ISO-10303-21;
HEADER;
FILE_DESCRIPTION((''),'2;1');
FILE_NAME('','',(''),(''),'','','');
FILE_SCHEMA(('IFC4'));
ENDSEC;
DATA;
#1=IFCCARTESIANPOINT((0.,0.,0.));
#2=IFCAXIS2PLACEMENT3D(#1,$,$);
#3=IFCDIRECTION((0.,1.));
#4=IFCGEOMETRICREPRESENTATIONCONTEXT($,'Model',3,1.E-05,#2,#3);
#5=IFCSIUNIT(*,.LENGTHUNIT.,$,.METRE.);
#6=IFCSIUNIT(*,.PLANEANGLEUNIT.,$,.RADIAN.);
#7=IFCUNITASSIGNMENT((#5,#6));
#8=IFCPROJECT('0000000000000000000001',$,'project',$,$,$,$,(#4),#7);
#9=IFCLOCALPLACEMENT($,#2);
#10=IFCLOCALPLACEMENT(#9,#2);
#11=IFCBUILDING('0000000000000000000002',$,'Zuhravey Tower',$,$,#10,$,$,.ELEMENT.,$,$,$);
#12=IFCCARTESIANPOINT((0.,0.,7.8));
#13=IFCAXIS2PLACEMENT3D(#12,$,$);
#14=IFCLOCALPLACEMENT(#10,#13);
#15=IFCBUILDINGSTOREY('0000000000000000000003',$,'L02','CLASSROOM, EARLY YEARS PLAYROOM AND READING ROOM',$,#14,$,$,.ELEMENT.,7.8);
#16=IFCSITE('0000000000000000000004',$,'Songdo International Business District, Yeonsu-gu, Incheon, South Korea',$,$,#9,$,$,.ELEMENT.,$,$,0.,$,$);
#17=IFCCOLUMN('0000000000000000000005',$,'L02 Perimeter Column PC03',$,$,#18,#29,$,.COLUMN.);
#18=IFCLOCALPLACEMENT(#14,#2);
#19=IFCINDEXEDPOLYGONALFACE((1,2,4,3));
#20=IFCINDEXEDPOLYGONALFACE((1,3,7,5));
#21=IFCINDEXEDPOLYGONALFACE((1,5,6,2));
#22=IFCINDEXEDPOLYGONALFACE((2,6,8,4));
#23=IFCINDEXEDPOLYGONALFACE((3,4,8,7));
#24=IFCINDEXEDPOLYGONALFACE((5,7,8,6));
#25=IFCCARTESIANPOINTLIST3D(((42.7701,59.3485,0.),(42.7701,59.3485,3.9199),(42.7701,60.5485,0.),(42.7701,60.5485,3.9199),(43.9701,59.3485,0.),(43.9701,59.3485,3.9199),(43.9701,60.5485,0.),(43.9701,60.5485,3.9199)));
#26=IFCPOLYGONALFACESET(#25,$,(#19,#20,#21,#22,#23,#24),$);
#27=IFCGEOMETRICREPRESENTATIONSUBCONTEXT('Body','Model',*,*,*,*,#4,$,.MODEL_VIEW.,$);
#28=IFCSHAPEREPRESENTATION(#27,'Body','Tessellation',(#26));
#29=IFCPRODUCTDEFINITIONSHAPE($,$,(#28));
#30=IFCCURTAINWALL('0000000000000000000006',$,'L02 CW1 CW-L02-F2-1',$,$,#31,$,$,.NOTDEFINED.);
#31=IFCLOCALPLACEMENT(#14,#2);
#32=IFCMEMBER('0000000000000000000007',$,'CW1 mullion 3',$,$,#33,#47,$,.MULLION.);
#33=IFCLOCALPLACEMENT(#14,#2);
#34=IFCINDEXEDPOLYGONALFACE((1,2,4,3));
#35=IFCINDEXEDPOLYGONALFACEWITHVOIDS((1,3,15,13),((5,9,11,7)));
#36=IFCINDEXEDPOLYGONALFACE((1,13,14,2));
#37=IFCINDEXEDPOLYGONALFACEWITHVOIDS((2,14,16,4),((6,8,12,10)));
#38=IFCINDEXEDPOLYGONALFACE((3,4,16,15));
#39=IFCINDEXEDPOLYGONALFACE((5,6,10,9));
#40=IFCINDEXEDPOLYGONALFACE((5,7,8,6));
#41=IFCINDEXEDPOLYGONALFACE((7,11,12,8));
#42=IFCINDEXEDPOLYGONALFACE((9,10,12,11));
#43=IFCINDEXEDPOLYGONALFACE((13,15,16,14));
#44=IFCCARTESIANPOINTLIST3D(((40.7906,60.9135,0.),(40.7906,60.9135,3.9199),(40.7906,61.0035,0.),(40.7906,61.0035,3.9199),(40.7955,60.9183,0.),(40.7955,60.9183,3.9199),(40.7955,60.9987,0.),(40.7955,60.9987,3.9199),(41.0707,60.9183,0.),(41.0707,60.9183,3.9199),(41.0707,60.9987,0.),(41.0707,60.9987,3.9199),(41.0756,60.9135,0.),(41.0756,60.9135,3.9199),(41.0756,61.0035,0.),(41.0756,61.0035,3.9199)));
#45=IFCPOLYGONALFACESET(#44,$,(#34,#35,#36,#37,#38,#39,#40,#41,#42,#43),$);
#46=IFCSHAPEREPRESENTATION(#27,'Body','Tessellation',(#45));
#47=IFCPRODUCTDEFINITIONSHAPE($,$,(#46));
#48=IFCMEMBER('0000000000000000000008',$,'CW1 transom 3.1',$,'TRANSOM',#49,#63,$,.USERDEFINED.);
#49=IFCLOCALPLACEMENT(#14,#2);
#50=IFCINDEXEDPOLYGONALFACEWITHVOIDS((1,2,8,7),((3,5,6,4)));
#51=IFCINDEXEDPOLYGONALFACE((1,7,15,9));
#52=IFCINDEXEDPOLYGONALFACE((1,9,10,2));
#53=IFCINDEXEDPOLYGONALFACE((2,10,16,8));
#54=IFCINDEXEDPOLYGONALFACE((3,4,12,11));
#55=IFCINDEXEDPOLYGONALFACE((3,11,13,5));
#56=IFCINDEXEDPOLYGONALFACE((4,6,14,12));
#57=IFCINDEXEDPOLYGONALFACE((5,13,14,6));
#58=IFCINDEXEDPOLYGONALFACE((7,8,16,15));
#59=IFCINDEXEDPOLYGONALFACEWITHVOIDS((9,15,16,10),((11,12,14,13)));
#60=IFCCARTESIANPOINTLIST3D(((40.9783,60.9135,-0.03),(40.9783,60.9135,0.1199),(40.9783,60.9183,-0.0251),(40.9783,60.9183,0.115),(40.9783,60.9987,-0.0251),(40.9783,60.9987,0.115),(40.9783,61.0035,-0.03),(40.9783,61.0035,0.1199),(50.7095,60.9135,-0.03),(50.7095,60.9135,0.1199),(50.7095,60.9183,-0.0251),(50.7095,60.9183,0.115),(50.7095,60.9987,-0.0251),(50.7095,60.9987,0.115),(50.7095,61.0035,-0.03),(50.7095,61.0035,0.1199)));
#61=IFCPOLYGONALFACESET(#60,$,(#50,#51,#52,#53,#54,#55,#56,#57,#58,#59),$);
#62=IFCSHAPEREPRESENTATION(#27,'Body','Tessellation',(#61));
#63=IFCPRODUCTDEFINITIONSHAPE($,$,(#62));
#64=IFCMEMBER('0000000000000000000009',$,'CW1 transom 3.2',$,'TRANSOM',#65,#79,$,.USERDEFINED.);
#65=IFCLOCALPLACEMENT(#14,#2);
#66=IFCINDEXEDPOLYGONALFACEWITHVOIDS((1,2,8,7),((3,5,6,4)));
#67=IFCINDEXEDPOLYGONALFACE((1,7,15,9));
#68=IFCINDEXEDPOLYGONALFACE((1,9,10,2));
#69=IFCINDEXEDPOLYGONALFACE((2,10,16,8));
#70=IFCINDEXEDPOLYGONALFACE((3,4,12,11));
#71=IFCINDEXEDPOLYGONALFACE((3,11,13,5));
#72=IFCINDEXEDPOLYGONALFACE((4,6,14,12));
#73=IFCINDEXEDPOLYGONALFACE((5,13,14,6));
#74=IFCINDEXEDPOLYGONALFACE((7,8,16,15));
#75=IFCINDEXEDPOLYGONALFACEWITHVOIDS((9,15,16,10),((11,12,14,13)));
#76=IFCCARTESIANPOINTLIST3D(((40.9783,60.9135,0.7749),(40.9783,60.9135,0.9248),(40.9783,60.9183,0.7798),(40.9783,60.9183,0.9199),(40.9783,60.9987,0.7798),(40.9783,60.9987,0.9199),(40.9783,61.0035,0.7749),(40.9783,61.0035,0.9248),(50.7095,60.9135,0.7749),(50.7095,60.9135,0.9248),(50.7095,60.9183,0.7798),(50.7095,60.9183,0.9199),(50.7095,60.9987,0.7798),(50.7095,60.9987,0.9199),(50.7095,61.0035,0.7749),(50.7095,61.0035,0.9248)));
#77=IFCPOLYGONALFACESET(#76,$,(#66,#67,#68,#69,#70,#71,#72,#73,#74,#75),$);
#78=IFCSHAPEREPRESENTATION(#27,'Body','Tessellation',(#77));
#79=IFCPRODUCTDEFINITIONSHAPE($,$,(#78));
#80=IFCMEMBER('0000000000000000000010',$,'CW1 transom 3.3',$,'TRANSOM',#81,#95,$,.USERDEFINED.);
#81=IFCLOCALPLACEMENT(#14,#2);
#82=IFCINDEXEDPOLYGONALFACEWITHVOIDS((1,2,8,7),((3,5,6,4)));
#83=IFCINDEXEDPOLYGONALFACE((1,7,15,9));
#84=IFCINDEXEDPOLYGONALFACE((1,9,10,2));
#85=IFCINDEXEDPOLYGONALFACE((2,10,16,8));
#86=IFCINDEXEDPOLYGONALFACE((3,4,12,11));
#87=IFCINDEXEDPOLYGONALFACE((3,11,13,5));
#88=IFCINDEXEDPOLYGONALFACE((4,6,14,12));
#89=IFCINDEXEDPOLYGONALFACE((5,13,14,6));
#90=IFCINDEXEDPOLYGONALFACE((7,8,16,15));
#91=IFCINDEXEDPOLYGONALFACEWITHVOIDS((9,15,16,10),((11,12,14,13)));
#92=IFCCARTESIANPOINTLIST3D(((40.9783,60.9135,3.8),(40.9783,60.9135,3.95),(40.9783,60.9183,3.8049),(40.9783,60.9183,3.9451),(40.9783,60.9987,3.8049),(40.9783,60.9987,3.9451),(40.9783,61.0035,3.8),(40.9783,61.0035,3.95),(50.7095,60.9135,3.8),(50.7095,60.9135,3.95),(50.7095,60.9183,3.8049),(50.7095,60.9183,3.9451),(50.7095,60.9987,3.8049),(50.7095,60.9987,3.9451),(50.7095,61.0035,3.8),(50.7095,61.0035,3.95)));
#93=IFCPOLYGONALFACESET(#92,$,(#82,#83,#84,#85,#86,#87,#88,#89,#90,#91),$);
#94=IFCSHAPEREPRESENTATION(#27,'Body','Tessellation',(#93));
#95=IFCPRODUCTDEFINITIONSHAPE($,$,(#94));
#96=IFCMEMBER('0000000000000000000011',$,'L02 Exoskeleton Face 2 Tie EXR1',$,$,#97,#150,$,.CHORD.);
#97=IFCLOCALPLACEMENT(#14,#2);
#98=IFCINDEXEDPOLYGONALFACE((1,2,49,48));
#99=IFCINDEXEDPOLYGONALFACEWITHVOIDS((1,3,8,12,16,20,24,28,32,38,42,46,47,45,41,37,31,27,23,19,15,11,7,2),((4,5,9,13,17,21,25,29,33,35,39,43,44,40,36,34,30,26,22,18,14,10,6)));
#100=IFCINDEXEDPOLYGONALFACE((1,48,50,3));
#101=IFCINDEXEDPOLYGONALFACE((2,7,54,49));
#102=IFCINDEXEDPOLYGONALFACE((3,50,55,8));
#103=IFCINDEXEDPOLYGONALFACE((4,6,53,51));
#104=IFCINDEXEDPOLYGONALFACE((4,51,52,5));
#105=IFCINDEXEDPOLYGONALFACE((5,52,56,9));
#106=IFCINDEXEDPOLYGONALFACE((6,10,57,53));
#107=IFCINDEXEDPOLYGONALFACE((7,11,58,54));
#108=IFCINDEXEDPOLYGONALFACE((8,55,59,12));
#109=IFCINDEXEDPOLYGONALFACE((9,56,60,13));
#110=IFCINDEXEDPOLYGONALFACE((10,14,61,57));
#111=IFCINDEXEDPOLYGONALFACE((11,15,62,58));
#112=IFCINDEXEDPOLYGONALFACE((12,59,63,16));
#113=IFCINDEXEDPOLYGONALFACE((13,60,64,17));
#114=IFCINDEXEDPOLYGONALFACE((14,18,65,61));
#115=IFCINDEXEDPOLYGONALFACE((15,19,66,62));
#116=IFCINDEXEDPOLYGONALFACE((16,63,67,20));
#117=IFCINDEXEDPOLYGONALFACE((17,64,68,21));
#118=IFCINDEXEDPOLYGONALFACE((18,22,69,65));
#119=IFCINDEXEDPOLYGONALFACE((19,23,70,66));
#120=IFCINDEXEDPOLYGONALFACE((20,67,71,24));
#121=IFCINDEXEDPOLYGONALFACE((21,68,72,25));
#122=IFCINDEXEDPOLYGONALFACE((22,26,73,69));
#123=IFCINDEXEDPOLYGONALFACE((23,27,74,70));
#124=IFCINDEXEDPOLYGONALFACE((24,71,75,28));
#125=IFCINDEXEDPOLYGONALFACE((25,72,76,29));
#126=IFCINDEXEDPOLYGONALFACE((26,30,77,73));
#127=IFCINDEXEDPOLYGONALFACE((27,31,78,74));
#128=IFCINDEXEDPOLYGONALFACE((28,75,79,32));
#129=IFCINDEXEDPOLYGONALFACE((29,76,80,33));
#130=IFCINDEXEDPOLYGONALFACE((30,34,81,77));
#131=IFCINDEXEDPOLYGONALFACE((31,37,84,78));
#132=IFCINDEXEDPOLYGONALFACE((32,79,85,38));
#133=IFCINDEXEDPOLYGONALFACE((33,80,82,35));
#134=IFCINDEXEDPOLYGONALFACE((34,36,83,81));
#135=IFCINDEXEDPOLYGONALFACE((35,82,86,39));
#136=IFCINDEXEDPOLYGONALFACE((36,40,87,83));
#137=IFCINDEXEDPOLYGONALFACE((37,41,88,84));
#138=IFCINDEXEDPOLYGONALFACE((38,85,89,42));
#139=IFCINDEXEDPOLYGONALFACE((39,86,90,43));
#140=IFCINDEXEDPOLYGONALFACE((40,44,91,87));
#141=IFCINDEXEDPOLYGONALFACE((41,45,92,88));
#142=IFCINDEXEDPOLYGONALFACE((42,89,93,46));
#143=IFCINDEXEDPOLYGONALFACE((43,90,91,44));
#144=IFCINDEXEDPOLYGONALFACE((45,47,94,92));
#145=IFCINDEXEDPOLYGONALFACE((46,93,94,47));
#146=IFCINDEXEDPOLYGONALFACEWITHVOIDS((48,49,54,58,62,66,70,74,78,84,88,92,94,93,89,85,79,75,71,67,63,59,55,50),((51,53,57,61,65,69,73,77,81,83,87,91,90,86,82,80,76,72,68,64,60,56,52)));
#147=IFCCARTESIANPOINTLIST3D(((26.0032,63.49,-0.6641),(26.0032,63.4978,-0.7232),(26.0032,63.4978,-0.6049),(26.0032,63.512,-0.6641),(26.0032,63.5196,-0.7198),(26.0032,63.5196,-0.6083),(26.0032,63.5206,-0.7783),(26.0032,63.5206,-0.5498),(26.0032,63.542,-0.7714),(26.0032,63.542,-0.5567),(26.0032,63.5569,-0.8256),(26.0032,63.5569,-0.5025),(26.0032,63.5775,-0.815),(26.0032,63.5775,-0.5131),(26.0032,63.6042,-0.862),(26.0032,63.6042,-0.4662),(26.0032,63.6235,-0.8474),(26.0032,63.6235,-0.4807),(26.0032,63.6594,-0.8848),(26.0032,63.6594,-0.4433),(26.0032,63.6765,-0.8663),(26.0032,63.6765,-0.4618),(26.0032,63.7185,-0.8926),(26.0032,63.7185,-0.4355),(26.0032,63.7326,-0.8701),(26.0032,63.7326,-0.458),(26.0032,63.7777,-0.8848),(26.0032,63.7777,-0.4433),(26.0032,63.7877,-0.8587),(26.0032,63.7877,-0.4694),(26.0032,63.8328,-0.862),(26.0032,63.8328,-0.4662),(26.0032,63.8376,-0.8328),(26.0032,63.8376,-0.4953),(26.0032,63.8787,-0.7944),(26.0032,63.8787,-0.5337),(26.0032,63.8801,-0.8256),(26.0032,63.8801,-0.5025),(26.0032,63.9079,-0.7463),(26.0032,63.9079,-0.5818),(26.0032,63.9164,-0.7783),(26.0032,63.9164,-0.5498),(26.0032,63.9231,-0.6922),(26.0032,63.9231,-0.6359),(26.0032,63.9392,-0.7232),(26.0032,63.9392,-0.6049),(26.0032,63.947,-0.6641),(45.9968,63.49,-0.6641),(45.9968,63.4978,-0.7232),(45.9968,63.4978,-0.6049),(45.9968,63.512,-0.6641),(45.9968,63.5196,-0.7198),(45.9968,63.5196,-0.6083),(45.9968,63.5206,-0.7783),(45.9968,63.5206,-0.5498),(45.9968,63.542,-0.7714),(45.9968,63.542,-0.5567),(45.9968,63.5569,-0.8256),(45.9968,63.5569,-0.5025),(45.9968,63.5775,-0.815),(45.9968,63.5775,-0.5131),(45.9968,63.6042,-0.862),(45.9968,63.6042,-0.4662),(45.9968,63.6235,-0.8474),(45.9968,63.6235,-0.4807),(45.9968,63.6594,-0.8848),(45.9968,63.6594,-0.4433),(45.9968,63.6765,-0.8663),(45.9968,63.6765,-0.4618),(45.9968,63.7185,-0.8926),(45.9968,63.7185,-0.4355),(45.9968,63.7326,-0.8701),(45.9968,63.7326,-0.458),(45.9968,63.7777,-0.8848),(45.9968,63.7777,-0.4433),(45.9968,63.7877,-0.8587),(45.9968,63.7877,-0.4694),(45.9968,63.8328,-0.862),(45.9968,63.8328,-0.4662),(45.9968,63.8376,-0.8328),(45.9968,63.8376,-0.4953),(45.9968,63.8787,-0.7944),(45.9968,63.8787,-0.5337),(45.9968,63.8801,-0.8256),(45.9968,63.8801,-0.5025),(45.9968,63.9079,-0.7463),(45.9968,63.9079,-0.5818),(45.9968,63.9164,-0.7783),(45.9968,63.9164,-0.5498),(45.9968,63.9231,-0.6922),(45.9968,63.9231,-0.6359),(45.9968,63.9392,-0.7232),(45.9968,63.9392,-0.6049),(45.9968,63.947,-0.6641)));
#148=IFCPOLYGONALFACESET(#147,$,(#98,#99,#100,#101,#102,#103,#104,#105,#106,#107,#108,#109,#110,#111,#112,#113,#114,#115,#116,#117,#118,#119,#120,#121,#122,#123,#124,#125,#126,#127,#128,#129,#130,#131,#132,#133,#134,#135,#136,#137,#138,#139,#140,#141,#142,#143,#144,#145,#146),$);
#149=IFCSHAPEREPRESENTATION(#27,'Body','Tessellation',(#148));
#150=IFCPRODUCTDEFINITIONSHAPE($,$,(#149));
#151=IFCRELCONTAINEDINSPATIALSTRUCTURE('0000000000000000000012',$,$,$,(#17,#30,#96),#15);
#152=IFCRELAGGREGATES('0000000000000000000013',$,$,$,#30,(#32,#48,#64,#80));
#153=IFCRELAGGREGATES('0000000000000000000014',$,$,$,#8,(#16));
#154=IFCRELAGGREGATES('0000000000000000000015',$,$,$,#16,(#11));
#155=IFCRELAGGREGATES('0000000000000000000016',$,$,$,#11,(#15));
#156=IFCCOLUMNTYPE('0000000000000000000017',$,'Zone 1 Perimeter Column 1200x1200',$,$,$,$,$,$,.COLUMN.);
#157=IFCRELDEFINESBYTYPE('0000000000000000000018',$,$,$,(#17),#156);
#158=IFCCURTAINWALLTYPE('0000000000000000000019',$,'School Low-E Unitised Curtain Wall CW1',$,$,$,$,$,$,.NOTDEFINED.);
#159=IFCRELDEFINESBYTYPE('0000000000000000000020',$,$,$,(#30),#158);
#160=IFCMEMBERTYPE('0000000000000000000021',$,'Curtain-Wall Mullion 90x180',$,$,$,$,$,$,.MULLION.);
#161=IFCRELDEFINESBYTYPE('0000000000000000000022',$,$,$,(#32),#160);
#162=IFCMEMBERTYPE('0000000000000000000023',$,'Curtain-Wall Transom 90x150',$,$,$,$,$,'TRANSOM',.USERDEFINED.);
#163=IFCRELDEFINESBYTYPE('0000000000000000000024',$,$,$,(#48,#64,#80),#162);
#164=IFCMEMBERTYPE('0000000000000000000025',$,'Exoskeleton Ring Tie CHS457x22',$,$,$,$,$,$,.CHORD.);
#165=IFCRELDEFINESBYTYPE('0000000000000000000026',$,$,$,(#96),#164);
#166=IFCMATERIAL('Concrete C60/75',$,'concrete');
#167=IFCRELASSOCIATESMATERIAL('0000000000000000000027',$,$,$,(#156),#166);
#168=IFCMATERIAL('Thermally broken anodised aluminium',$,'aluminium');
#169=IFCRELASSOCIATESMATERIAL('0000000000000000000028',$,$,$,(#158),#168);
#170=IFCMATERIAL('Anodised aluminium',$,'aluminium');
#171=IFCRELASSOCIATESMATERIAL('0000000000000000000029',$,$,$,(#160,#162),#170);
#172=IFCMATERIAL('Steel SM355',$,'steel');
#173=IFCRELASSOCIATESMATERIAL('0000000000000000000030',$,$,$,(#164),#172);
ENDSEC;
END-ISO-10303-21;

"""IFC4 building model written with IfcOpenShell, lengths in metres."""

from ifc_helpers import new_model, si_unit, direction, frame, origin, origin_2d, place, context, subcontext, project, spatial, rectangle, hollow_rectangle, hollow_circle, extrude, material, material_profile, profile_set, type_object, element, aggregate, save


model = new_model("IFC4")

# Units and contexts
model_context = context("Model", 3, precision=1e-05, world=origin(), true_north=direction((0.0, 1.0)))
body_context = subcontext(model_context, "Body", "Model", "MODEL_VIEW")
ifc_project = project(units=[si_unit("LENGTHUNIT", "METRE"), si_unit("PLANEANGLEUNIT", "RADIAN")], contexts=[model_context])

# Site, building, storey
site_placement = place(None, origin())
site = spatial("IfcSite", under=ifc_project, at=site_placement, Name="Songdo International Business District, Yeonsu-gu, Incheon, South Korea", CompositionType="ELEMENT", RefElevation=0.0)
building_placement = place(site_placement, origin())
building = spatial("IfcBuilding", under=site, at=building_placement, Name="Zuhravey Tower", CompositionType="ELEMENT")
storey_placement = place(building_placement, frame((0.0, 0.0, 7.8)))
storey = spatial("IfcBuildingStorey", under=building, at=storey_placement, Name="L02", Description="CLASSROOM, EARLY YEARS PLAYROOM AND READING ROOM", CompositionType="ELEMENT", Elevation=7.8)

# Column
ifc_material_1 = material(Name="Concrete C60/75", Category="concrete")
ifc_material_profile_1 = material_profile(ifc_material_1, rectangle(XDim=1.2, YDim=1.2, at=origin_2d()), Name="RC-1200x1200")
ifc_profile_set_1 = profile_set([ifc_material_profile_1], Name="Concrete C60/75")
column_type = type_object("IfcColumnType", Name="Zone 1 Perimeter Column 1200x1200", PredefinedType="COLUMN", material=ifc_profile_set_1)
column_placement = place(storey_placement, frame((43.3701, 59.9485, 0.0), z_axis=(0.0, 0.0, 1.0), x_axis=(-1.0, 0.0, 0.0)))
element("IfcColumn", 1, at=column_placement, inside=storey, type_object=column_type, Name="L02 Perimeter Column PC03", PredefinedType="COLUMN", context=body_context, shape_type="SweptSolid", body=[
    extrude(rectangle(XDim=1.2, YDim=1.2, at=origin_2d()), origin(), (0.0, 0.0, 1.0), 3.9199),
])

# Curtain wall, members
ifc_material_2 = material(Name="Thermally broken anodised aluminium", Category="aluminium")
curtain_wall_type = type_object("IfcCurtainWallType", Name="School Low-E Unitised Curtain Wall CW1", PredefinedType="NOTDEFINED", material=ifc_material_2)
curtain_wall_placement = place(storey_placement, origin())
curtain_wall = element("IfcCurtainWall", 2, at=curtain_wall_placement, inside=storey, type_object=curtain_wall_type, Name="L02 CW1 CW-L02-F2-1", PredefinedType="NOTDEFINED")
ifc_material_3 = material(Name="Anodised aluminium", Category="aluminium")
ifc_material_profile_2 = material_profile(ifc_material_3, hollow_rectangle(XDim=0.0901, YDim=0.2849, WallThickness=0.0049, at=origin_2d()), Name="ALU-RHS-90x285x5")
ifc_profile_set_2 = profile_set([ifc_material_profile_2], Name="Anodised aluminium")
member_type_1 = type_object("IfcMemberType", Name="Curtain-Wall Mullion 90x180", PredefinedType="MULLION", material=ifc_profile_set_2)
member_1_placement = place(storey_placement, frame((40.9331, 60.9585, 0.0), z_axis=(0.0, 0.0, 1.0), x_axis=(0.0, 1.0, 0.0)))
member_1 = element("IfcMember", 3, at=member_1_placement, type_object=member_type_1, Name="CW1 mullion 3", PredefinedType="MULLION", context=body_context, shape_type="SweptSolid", body=[
    extrude(hollow_rectangle(XDim=0.0901, YDim=0.2849, WallThickness=0.0049, at=origin_2d()), origin(), (0.0, 0.0, 1.0), 3.9199),
])
ifc_material_profile_3 = material_profile(ifc_material_3, hollow_rectangle(XDim=0.0901, YDim=0.1499, WallThickness=0.0049, at=origin_2d()), Name="ALU-RHS-90x150x5")
ifc_profile_set_3 = profile_set([ifc_material_profile_3], Name="Anodised aluminium")
member_type_2 = type_object("IfcMemberType", Name="Curtain-Wall Transom 90x150", ElementType="TRANSOM", PredefinedType="USERDEFINED", material=ifc_profile_set_3)
member_2_placement = place(storey_placement, frame((40.9783, 60.9585, 0.0449), z_axis=(1.0, 0.0, 0.0), x_axis=(0.0, 1.0, 0.0)))
member_2 = element("IfcMember", 4, at=member_2_placement, type_object=member_type_2, Name="CW1 transom 3.1", ObjectType="TRANSOM", PredefinedType="USERDEFINED", context=body_context, shape_type="SweptSolid", body=[
    extrude(hollow_rectangle(XDim=0.0901, YDim=0.1499, WallThickness=0.0049, at=origin_2d()), origin(), (0.0, 0.0, 1.0), 9.7312),
])
member_3_placement = place(storey_placement, frame((40.9783, 60.9585, 0.8499), z_axis=(1.0, 0.0, 0.0), x_axis=(0.0, 1.0, 0.0)))
member_3 = element("IfcMember", 5, at=member_3_placement, type_object=member_type_2, Name="CW1 transom 3.2", ObjectType="TRANSOM", PredefinedType="USERDEFINED", context=body_context, shape_type="SweptSolid", body=[
    extrude(hollow_rectangle(XDim=0.0901, YDim=0.1499, WallThickness=0.0049, at=origin_2d()), origin(), (0.0, 0.0, 1.0), 9.7312),
])
member_4_placement = place(storey_placement, frame((40.9783, 60.9585, 3.875), z_axis=(1.0, 0.0, 0.0), x_axis=(0.0, 1.0, 0.0)))
member_4 = element("IfcMember", 6, at=member_4_placement, type_object=member_type_2, Name="CW1 transom 3.3", ObjectType="TRANSOM", PredefinedType="USERDEFINED", context=body_context, shape_type="SweptSolid", body=[
    extrude(hollow_rectangle(XDim=0.0901, YDim=0.1499, WallThickness=0.0049, at=origin_2d()), origin(), (0.0, 0.0, 1.0), 9.7312),
])

# Member
ifc_material_4 = material(Name="Steel SM355", Category="steel")
ifc_material_profile_4 = material_profile(ifc_material_4, hollow_circle(Radius=0.2285, WallThickness=0.022, at=origin_2d()), Name="CHS-457.2x22")
ifc_profile_set_4 = profile_set([ifc_material_profile_4], Name="Steel SM355")
member_type_3 = type_object("IfcMemberType", Name="Exoskeleton Ring Tie CHS457x22", PredefinedType="CHORD", material=ifc_profile_set_4)
member_5_placement = place(storey_placement, frame((45.9968, 63.7185, -0.6641), z_axis=(-1.0, 0.0, 0.0), x_axis=(0.0, -1.0, 0.0)))
element("IfcMember", 7, at=member_5_placement, inside=storey, type_object=member_type_3, Name="L02 Exoskeleton Face 2 Tie EXR1", PredefinedType="CHORD", context=body_context, shape_type="SweptSolid", body=[
    extrude(hollow_circle(Radius=0.2285, WallThickness=0.022, at=origin_2d()), origin(), (0.0, 0.0, 1.0), 19.9937),
])

aggregate(curtain_wall, [member_1, member_2, member_3, member_4])

save(model, "model.ifc")
